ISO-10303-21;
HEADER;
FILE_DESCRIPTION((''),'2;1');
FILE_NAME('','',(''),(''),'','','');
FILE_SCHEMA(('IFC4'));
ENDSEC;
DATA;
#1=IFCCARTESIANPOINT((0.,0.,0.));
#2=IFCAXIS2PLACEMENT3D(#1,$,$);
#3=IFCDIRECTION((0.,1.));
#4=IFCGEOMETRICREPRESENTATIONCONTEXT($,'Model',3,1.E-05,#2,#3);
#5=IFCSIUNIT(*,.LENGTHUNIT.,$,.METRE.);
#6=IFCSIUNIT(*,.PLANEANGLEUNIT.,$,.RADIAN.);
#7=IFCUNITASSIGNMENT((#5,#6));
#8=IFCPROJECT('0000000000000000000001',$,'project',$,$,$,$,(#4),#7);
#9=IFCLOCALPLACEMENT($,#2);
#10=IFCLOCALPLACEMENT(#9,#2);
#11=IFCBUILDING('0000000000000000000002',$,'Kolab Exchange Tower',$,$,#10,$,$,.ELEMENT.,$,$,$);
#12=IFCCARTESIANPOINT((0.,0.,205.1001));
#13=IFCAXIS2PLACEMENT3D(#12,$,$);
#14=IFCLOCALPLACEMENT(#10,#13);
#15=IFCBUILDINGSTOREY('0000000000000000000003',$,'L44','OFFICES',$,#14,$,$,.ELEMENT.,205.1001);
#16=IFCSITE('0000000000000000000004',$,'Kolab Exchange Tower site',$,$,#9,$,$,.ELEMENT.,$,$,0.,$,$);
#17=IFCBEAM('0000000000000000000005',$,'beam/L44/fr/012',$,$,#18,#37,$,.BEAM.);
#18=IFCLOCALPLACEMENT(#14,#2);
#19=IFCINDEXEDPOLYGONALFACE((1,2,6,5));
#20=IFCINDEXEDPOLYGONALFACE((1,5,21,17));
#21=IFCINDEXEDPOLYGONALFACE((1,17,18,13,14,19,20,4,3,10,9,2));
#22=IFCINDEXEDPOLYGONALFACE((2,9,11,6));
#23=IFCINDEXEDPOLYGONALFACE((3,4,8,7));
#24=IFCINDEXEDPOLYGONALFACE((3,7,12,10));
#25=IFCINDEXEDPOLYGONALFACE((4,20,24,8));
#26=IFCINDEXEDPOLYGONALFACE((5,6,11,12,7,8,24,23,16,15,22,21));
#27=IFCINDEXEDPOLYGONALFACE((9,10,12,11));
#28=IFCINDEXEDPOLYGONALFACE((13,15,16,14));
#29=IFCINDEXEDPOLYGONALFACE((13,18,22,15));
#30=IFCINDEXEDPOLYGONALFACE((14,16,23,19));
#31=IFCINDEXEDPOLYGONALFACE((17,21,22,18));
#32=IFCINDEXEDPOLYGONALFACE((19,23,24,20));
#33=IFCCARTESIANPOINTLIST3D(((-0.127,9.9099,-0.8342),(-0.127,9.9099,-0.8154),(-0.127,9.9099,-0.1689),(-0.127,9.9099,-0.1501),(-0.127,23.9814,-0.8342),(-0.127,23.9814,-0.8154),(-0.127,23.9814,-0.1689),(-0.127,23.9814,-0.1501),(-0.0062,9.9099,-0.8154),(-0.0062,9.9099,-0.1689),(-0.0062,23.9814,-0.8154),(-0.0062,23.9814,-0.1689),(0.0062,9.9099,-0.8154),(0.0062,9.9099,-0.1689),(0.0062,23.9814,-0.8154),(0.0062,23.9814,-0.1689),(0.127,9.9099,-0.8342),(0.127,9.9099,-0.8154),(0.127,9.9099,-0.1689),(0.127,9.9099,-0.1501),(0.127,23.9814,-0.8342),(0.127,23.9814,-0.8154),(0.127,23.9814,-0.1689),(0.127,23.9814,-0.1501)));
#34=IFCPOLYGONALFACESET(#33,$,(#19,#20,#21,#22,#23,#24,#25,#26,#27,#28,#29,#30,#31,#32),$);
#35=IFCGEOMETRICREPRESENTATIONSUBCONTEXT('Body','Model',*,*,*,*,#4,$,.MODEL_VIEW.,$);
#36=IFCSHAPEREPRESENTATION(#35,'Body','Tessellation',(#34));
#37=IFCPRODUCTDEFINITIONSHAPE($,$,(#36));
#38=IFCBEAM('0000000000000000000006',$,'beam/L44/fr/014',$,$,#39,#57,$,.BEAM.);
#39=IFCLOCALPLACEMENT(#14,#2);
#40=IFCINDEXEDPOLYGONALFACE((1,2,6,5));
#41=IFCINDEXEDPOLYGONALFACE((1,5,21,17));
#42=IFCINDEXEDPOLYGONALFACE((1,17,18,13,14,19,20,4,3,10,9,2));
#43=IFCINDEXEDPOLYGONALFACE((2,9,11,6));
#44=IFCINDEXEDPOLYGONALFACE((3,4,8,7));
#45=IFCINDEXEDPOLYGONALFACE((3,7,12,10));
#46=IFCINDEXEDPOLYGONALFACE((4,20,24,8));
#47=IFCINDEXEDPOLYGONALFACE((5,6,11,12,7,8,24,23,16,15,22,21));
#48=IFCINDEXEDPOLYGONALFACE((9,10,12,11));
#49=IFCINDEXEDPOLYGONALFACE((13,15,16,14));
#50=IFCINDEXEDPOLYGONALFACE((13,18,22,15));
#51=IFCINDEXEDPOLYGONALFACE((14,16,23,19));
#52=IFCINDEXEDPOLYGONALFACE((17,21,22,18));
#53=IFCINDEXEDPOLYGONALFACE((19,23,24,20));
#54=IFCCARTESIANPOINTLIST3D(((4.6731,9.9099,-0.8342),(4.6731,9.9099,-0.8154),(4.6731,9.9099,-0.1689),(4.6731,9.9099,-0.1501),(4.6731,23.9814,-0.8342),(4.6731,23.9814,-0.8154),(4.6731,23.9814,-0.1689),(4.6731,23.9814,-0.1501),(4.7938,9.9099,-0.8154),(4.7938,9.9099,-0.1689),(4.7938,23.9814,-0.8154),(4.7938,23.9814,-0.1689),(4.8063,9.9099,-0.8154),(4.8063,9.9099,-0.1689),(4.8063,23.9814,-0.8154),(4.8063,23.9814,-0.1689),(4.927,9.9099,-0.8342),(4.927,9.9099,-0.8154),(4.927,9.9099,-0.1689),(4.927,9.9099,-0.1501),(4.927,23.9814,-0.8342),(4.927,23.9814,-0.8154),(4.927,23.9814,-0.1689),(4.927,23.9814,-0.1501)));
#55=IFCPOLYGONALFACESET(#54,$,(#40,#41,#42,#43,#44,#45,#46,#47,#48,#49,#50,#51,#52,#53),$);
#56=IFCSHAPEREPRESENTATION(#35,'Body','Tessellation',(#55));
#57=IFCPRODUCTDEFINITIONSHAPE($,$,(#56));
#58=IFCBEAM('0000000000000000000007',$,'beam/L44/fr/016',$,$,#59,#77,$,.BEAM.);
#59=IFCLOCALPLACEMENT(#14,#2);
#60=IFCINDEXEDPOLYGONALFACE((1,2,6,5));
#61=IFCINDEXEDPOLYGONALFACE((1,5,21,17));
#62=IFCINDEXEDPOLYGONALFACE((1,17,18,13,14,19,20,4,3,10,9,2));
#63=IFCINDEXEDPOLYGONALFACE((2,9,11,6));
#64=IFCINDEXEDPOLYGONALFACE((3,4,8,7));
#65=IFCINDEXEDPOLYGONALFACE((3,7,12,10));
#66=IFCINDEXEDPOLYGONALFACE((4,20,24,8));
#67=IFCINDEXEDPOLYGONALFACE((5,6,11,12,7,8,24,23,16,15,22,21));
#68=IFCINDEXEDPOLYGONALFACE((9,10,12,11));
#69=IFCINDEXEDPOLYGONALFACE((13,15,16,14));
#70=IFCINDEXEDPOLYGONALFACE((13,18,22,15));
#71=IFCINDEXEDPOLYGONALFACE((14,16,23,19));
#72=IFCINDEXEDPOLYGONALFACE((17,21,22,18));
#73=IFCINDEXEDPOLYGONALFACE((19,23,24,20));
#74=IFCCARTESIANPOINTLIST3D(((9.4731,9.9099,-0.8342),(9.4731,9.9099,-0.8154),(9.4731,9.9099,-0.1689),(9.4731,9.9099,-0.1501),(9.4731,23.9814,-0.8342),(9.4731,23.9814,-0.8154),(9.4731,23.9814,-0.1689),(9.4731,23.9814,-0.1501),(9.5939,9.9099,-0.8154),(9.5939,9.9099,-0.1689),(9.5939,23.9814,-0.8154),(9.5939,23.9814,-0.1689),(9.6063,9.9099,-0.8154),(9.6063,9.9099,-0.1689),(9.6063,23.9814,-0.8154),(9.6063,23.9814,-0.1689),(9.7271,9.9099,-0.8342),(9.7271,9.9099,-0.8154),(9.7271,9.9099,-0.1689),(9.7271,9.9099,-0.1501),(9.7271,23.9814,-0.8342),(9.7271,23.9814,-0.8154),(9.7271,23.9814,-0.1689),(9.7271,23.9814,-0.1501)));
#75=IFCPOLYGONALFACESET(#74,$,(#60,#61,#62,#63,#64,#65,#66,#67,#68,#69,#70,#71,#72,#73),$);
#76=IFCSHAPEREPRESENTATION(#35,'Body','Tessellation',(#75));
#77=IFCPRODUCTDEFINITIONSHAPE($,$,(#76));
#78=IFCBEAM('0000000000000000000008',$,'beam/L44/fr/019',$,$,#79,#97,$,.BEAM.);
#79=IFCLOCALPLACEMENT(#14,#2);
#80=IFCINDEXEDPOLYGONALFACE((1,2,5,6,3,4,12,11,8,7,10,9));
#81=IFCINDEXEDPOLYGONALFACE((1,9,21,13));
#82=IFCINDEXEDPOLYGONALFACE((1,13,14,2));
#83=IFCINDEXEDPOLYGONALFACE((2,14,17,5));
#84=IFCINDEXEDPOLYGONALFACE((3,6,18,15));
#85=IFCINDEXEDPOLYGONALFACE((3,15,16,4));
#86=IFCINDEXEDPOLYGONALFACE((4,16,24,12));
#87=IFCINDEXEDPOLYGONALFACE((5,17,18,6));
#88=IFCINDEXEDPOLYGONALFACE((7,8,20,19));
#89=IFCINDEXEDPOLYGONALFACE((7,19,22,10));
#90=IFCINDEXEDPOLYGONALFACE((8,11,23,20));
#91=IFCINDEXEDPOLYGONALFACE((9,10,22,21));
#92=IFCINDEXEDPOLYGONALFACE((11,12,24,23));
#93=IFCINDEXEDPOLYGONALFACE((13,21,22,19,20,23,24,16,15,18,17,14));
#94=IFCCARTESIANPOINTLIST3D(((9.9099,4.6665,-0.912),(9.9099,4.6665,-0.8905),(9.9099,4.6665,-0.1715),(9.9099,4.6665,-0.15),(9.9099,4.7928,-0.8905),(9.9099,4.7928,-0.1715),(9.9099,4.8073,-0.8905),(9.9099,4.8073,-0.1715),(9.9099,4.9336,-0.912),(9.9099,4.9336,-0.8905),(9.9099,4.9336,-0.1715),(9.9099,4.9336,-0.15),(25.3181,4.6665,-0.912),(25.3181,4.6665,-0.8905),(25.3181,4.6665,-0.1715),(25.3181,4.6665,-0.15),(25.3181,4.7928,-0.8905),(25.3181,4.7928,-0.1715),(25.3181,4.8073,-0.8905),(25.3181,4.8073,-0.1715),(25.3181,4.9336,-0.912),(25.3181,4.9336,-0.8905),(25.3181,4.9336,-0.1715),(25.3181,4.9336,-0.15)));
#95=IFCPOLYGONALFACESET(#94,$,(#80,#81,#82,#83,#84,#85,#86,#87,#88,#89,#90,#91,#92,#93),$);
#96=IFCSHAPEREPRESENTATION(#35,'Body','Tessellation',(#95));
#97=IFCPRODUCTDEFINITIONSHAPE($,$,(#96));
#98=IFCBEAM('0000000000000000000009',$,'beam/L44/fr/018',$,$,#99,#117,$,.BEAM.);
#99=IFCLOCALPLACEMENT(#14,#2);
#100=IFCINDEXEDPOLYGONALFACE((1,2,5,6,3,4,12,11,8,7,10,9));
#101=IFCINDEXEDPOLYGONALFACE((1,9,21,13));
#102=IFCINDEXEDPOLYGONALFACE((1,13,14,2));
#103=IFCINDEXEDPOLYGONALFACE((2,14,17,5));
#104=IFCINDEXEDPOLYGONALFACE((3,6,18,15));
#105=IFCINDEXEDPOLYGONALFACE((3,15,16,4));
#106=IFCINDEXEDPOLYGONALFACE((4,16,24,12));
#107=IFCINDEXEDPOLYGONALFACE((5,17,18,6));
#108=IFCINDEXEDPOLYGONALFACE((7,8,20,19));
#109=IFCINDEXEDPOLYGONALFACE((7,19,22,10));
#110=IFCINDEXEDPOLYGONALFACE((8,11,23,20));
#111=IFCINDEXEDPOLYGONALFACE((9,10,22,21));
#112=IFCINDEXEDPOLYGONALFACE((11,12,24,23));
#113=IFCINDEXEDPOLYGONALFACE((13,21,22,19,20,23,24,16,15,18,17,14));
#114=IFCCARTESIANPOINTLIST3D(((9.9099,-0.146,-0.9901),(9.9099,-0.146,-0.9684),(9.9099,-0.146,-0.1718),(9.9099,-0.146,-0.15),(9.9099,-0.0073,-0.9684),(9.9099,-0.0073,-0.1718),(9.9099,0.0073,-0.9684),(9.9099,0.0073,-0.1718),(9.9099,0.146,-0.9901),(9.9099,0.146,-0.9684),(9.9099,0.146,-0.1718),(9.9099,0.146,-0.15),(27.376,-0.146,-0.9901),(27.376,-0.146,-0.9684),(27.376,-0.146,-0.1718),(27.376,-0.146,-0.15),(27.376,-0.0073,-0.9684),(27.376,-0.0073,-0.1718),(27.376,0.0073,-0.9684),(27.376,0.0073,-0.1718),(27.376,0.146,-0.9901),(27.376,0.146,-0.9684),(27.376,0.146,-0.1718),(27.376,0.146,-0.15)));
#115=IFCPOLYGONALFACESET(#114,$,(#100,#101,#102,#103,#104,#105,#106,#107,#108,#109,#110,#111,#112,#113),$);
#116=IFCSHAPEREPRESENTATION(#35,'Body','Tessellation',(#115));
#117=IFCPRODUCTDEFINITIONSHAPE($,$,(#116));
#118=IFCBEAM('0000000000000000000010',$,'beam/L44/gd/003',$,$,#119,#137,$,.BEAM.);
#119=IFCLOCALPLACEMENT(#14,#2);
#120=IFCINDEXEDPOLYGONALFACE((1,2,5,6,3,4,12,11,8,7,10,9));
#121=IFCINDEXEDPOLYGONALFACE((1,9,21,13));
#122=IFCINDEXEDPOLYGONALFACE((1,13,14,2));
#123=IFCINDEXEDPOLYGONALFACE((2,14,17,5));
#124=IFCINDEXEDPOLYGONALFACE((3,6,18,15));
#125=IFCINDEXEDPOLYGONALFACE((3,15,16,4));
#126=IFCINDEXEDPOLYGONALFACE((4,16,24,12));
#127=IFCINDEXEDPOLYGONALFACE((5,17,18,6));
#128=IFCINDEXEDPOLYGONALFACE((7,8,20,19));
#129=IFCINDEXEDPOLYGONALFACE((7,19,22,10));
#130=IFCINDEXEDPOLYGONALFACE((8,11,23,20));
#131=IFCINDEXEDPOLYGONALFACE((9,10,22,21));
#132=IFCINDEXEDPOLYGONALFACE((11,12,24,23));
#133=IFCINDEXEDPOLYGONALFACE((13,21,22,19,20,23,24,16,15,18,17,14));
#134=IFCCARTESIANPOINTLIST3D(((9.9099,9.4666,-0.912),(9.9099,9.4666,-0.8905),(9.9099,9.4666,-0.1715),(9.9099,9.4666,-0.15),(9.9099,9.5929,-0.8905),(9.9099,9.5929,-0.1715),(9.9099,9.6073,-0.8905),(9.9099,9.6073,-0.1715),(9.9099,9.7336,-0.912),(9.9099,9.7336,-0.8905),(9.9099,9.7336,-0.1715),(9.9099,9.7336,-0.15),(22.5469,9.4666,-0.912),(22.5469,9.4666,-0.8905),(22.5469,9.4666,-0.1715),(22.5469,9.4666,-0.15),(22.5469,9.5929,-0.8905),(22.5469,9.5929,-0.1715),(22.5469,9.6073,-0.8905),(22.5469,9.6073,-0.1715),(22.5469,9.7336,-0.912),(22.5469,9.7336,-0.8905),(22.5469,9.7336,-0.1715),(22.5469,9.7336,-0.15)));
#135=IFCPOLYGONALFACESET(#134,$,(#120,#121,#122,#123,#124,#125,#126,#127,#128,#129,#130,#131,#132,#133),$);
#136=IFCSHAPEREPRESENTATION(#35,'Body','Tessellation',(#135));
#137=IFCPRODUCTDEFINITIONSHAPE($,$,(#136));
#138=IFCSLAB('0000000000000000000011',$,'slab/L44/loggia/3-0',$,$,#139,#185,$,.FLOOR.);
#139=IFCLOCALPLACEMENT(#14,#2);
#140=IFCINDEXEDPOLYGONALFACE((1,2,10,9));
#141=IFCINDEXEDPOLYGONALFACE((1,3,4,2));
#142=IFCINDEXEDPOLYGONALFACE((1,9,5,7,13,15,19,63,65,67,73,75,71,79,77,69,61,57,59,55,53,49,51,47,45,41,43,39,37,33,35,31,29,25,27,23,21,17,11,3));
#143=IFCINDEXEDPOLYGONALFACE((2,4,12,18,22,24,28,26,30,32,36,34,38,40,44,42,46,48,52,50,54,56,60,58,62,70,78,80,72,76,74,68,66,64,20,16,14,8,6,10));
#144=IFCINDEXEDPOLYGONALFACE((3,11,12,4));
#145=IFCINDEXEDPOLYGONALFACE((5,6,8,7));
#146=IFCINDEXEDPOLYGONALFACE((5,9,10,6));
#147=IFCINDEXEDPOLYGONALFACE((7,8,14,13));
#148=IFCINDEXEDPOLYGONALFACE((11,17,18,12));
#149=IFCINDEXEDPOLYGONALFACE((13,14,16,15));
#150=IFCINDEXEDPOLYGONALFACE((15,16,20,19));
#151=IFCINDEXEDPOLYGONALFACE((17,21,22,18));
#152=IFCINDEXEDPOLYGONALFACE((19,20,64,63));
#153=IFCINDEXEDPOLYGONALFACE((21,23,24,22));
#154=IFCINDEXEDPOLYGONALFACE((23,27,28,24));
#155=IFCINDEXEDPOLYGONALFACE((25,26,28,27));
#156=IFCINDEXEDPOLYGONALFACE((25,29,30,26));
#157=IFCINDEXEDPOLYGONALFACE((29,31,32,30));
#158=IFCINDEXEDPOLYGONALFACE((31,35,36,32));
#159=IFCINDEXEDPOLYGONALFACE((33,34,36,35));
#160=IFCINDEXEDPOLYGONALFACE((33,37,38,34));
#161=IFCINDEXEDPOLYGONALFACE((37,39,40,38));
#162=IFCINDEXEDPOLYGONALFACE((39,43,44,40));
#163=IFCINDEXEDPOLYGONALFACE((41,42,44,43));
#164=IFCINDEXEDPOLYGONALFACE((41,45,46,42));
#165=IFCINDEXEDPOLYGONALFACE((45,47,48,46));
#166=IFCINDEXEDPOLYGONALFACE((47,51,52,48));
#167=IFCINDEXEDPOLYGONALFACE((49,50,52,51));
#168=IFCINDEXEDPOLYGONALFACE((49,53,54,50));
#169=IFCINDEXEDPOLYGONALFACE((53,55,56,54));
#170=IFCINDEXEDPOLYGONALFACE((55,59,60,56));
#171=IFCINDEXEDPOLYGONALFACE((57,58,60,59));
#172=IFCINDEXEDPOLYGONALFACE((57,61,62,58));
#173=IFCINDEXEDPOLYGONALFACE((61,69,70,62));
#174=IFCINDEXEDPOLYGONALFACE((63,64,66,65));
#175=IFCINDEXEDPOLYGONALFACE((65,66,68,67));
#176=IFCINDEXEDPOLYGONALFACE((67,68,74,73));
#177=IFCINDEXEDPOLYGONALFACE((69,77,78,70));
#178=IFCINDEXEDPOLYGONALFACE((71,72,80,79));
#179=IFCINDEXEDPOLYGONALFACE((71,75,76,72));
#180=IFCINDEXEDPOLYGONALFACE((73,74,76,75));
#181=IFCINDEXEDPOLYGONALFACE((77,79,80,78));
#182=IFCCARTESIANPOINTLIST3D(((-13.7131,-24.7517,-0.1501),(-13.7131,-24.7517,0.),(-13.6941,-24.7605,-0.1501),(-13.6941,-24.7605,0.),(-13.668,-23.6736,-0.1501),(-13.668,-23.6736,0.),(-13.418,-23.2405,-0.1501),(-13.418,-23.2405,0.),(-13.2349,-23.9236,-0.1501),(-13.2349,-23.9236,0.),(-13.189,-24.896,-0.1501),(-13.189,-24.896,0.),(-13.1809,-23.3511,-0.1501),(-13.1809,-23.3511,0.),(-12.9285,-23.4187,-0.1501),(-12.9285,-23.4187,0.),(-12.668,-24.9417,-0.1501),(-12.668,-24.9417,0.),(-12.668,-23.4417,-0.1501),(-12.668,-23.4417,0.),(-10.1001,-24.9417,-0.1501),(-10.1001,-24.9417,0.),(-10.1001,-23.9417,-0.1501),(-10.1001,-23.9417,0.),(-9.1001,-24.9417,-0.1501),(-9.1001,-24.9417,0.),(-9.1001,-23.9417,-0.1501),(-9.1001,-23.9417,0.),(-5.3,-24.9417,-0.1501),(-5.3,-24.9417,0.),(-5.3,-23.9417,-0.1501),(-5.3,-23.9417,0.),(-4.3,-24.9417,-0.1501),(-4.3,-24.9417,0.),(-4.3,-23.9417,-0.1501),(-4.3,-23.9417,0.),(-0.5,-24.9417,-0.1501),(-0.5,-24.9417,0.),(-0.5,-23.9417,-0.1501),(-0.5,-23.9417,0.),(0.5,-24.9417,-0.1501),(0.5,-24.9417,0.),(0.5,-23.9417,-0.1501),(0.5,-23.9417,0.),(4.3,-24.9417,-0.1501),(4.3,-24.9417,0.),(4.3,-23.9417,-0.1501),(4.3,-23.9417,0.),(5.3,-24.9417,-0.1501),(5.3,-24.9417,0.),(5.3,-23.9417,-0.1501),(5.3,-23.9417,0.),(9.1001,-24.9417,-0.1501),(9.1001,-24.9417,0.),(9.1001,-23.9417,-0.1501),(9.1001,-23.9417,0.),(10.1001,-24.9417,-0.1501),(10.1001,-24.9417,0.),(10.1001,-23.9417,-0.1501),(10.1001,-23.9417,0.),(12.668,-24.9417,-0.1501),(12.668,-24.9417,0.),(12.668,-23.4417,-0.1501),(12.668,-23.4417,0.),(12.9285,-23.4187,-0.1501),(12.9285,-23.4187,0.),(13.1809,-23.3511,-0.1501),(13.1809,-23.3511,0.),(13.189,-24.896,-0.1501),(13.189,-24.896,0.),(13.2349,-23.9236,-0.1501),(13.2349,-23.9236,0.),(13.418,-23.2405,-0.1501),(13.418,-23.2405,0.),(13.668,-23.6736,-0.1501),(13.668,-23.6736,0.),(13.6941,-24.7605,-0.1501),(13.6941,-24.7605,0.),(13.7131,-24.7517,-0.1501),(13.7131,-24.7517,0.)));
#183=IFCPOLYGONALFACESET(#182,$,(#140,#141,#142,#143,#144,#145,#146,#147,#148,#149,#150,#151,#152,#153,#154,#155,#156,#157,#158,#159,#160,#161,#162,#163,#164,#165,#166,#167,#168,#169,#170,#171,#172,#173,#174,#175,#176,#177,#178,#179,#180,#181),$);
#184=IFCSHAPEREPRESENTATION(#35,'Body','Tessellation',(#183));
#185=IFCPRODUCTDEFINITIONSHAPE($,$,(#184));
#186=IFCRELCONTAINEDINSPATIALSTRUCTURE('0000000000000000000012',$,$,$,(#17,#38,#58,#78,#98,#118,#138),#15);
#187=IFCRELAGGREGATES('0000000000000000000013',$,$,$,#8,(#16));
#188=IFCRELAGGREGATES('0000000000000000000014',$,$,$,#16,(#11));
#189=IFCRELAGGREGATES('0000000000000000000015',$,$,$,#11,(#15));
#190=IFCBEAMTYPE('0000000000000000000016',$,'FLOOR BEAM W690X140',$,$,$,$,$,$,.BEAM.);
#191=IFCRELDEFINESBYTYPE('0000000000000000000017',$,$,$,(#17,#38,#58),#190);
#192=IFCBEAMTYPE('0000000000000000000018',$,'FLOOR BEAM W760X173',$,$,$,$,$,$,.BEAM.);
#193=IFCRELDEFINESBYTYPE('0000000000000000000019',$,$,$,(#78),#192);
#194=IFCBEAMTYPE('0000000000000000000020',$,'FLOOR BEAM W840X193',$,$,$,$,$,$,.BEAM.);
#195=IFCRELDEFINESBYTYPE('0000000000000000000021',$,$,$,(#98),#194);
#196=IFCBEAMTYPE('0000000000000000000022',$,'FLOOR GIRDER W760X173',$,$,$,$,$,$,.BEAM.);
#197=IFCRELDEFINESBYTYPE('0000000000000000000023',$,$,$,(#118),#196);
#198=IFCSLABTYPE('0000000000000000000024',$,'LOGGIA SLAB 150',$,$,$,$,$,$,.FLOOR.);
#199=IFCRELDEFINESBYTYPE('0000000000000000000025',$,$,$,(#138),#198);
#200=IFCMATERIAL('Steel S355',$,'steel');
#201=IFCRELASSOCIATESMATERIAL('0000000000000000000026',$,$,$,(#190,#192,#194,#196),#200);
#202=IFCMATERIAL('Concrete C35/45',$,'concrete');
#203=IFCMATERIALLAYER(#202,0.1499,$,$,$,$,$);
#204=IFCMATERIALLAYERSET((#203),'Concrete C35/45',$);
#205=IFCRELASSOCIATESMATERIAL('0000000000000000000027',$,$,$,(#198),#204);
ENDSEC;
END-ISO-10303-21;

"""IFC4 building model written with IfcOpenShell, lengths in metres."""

from ifc_helpers import new_model, si_unit, direction, frame, origin, origin_2d, place, context, subcontext, project, spatial, polyline, i_section, outline, extrude, material, layer, layer_set, material_profile, profile_set, type_object, element, save


model = new_model("IFC4")

# Units and contexts
model_context = context("Model", 3, precision=1e-05, world=origin(), true_north=direction((0.0, 1.0)))
body_context = subcontext(model_context, "Body", "Model", "MODEL_VIEW")
ifc_project = project(units=[si_unit("LENGTHUNIT", "METRE"), si_unit("PLANEANGLEUNIT", "RADIAN")], contexts=[model_context])

# Site, building, storey
site_placement = place(None, origin())
site = spatial("IfcSite", under=ifc_project, at=site_placement, Name="Kolab Exchange Tower site", CompositionType="ELEMENT", RefElevation=0.0)
building_placement = place(site_placement, origin())
building = spatial("IfcBuilding", under=site, at=building_placement, Name="Kolab Exchange Tower", CompositionType="ELEMENT")
storey_placement = place(building_placement, frame((0.0, 0.0, 205.1001)))
storey = spatial("IfcBuildingStorey", under=building, at=storey_placement, Name="L44", Description="OFFICES", CompositionType="ELEMENT", Elevation=205.1001)

# Beams
ifc_material_1 = material(Name="Steel S355", Category="steel")
ifc_material_profile_1 = material_profile(ifc_material_1, i_section(OverallWidth=0.2539, OverallDepth=0.6841, WebThickness=0.0125, FlangeThickness=0.0188, at=origin_2d()), Name="W690X140")
ifc_profile_set_1 = profile_set([ifc_material_profile_1], Name="Steel S355")
beam_type_1 = type_object("IfcBeamType", Name="FLOOR BEAM W690X140", PredefinedType="BEAM", material=ifc_profile_set_1)
for number, where, z_axis, x_axis, name in (
    (1, (0.0, 9.9099, -0.4922), (0.0, 1.0, 0.0), (-1.0, 0.0, 0.0), "beam/L44/fr/012"),
    (2, (4.8, 9.9099, -0.4922), (0.0, 1.0, 0.0), (-1.0, 0.0, 0.0), "beam/L44/fr/014"),
    (3, (9.6001, 9.9099, -0.4922), (0.0, 1.0, 0.0), (-1.0, 0.0, 0.0), "beam/L44/fr/016"),
):
    element("IfcBeam", number, at=place(storey_placement, frame(where, z_axis=z_axis, x_axis=x_axis)), inside=storey, type_object=beam_type_1, Name=name, PredefinedType="BEAM", context=body_context, shape_type="SweptSolid", body=[
        extrude(i_section(OverallWidth=0.2539, OverallDepth=0.6841, WebThickness=0.0125, FlangeThickness=0.0188, at=origin_2d()), origin(), (0.0, 0.0, 1.0), 14.0715),
    ])
ifc_material_profile_2 = material_profile(ifc_material_1, i_section(OverallWidth=0.2671, OverallDepth=0.762, WebThickness=0.0144, FlangeThickness=0.0215, at=origin_2d()), Name="W760X173")
ifc_profile_set_2 = profile_set([ifc_material_profile_2], Name="Steel S355")
beam_type_2 = type_object("IfcBeamType", Name="FLOOR BEAM W760X173", PredefinedType="BEAM", material=ifc_profile_set_2)
beam_1_placement = place(storey_placement, frame((9.9099, 4.8, -0.531), z_axis=(1.0, 0.0, 0.0), x_axis=(0.0, 1.0, 0.0)))
element("IfcBeam", 4, at=beam_1_placement, inside=storey, type_object=beam_type_2, Name="beam/L44/fr/019", PredefinedType="BEAM", context=body_context, shape_type="SweptSolid", body=[
    extrude(i_section(OverallWidth=0.2671, OverallDepth=0.762, WebThickness=0.0144, FlangeThickness=0.0215, at=origin_2d()), origin(), (0.0, 0.0, 1.0), 15.4082),
])
ifc_material_profile_3 = material_profile(ifc_material_1, i_section(OverallWidth=0.292, OverallDepth=0.8401, WebThickness=0.0146, FlangeThickness=0.0217, at=origin_2d()), Name="W840X193")
ifc_profile_set_3 = profile_set([ifc_material_profile_3], Name="Steel S355")
beam_type_3 = type_object("IfcBeamType", Name="FLOOR BEAM W840X193", PredefinedType="BEAM", material=ifc_profile_set_3)
beam_2_placement = place(storey_placement, frame((9.9099, 0.0, -0.5701), z_axis=(1.0, 0.0, 0.0), x_axis=(0.0, 1.0, 0.0)))
element("IfcBeam", 5, at=beam_2_placement, inside=storey, type_object=beam_type_3, Name="beam/L44/fr/018", PredefinedType="BEAM", context=body_context, shape_type="SweptSolid", body=[
    extrude(i_section(OverallWidth=0.292, OverallDepth=0.8401, WebThickness=0.0146, FlangeThickness=0.0217, at=origin_2d()), origin(), (0.0, 0.0, 1.0), 17.4661),
])
ifc_material_profile_4 = material_profile(ifc_material_1, i_section(OverallWidth=0.2671, OverallDepth=0.762, WebThickness=0.0144, FlangeThickness=0.0215, at=origin_2d()), Name="W760X173")
ifc_profile_set_4 = profile_set([ifc_material_profile_4], Name="Steel S355")
beam_type_4 = type_object("IfcBeamType", Name="FLOOR GIRDER W760X173", PredefinedType="BEAM", material=ifc_profile_set_4)
beam_3_placement = place(storey_placement, frame((9.9099, 9.6001, -0.531), z_axis=(1.0, 0.0, 0.0), x_axis=(0.0, 1.0, 0.0)))
element("IfcBeam", 6, at=beam_3_placement, inside=storey, type_object=beam_type_4, Name="beam/L44/gd/003", PredefinedType="BEAM", context=body_context, shape_type="SweptSolid", body=[
    extrude(i_section(OverallWidth=0.2671, OverallDepth=0.762, WebThickness=0.0144, FlangeThickness=0.0215, at=origin_2d()), origin(), (0.0, 0.0, 1.0), 12.637),
])

# Slab
ifc_material_2 = material(Name="Concrete C35/45", Category="concrete")
ifc_layer_1 = layer(ifc_material_2, 0.1499)
ifc_layer_set_1 = layer_set([ifc_layer_1], Name="Concrete C35/45")
slab_type_1 = type_object("IfcSlabType", Name="LOGGIA SLAB 150", PredefinedType="FLOOR", material=ifc_layer_set_1)
slab_1_placement = place(storey_placement, frame((0.0, 0.0, -0.1501)))
element("IfcSlab", 7, at=slab_1_placement, inside=storey, type_object=slab_type_1, Name="slab/L44/loggia/3-0", PredefinedType="FLOOR", context=body_context, shape_type="SweptSolid", body=[
    extrude(outline(polyline([(-13.418, -23.2405), (-13.668, -23.6736), (-13.2349, -23.9236), (-13.7131, -24.7517), (-13.6941, -24.7605), (-13.189, -24.896), (-12.668, -24.9417), (-10.1001, -24.9417), (-10.1001, -23.9417), (-9.1001, -23.9417), (-9.1001, -24.9417), (-5.3, -24.9417), (-5.3, -23.9417), (-4.3, -23.9417), (-4.3, -24.9417), (-0.5, -24.9417), (-0.5, -23.9417), (0.5, -23.9417), (0.5, -24.9417), (4.3, -24.9417), (4.3, -23.9417), (5.3, -23.9417), (5.3, -24.9417), (9.1001, -24.9417), (9.1001, -23.9417), (10.1001, -23.9417), (10.1001, -24.9417), (12.668, -24.9417), (13.189, -24.896), (13.6941, -24.7605), (13.7131, -24.7517), (13.2349, -23.9236), (13.668, -23.6736), (13.418, -23.2405), (13.1809, -23.3511), (12.9285, -23.4187), (12.668, -23.4417), (-12.668, -23.4417), (-12.9285, -23.4187), (-13.1809, -23.3511), (-13.418, -23.2405)])), origin(), (0.0, 0.0, 1.0), 0.1501),
])

save(model, "model.ifc")
